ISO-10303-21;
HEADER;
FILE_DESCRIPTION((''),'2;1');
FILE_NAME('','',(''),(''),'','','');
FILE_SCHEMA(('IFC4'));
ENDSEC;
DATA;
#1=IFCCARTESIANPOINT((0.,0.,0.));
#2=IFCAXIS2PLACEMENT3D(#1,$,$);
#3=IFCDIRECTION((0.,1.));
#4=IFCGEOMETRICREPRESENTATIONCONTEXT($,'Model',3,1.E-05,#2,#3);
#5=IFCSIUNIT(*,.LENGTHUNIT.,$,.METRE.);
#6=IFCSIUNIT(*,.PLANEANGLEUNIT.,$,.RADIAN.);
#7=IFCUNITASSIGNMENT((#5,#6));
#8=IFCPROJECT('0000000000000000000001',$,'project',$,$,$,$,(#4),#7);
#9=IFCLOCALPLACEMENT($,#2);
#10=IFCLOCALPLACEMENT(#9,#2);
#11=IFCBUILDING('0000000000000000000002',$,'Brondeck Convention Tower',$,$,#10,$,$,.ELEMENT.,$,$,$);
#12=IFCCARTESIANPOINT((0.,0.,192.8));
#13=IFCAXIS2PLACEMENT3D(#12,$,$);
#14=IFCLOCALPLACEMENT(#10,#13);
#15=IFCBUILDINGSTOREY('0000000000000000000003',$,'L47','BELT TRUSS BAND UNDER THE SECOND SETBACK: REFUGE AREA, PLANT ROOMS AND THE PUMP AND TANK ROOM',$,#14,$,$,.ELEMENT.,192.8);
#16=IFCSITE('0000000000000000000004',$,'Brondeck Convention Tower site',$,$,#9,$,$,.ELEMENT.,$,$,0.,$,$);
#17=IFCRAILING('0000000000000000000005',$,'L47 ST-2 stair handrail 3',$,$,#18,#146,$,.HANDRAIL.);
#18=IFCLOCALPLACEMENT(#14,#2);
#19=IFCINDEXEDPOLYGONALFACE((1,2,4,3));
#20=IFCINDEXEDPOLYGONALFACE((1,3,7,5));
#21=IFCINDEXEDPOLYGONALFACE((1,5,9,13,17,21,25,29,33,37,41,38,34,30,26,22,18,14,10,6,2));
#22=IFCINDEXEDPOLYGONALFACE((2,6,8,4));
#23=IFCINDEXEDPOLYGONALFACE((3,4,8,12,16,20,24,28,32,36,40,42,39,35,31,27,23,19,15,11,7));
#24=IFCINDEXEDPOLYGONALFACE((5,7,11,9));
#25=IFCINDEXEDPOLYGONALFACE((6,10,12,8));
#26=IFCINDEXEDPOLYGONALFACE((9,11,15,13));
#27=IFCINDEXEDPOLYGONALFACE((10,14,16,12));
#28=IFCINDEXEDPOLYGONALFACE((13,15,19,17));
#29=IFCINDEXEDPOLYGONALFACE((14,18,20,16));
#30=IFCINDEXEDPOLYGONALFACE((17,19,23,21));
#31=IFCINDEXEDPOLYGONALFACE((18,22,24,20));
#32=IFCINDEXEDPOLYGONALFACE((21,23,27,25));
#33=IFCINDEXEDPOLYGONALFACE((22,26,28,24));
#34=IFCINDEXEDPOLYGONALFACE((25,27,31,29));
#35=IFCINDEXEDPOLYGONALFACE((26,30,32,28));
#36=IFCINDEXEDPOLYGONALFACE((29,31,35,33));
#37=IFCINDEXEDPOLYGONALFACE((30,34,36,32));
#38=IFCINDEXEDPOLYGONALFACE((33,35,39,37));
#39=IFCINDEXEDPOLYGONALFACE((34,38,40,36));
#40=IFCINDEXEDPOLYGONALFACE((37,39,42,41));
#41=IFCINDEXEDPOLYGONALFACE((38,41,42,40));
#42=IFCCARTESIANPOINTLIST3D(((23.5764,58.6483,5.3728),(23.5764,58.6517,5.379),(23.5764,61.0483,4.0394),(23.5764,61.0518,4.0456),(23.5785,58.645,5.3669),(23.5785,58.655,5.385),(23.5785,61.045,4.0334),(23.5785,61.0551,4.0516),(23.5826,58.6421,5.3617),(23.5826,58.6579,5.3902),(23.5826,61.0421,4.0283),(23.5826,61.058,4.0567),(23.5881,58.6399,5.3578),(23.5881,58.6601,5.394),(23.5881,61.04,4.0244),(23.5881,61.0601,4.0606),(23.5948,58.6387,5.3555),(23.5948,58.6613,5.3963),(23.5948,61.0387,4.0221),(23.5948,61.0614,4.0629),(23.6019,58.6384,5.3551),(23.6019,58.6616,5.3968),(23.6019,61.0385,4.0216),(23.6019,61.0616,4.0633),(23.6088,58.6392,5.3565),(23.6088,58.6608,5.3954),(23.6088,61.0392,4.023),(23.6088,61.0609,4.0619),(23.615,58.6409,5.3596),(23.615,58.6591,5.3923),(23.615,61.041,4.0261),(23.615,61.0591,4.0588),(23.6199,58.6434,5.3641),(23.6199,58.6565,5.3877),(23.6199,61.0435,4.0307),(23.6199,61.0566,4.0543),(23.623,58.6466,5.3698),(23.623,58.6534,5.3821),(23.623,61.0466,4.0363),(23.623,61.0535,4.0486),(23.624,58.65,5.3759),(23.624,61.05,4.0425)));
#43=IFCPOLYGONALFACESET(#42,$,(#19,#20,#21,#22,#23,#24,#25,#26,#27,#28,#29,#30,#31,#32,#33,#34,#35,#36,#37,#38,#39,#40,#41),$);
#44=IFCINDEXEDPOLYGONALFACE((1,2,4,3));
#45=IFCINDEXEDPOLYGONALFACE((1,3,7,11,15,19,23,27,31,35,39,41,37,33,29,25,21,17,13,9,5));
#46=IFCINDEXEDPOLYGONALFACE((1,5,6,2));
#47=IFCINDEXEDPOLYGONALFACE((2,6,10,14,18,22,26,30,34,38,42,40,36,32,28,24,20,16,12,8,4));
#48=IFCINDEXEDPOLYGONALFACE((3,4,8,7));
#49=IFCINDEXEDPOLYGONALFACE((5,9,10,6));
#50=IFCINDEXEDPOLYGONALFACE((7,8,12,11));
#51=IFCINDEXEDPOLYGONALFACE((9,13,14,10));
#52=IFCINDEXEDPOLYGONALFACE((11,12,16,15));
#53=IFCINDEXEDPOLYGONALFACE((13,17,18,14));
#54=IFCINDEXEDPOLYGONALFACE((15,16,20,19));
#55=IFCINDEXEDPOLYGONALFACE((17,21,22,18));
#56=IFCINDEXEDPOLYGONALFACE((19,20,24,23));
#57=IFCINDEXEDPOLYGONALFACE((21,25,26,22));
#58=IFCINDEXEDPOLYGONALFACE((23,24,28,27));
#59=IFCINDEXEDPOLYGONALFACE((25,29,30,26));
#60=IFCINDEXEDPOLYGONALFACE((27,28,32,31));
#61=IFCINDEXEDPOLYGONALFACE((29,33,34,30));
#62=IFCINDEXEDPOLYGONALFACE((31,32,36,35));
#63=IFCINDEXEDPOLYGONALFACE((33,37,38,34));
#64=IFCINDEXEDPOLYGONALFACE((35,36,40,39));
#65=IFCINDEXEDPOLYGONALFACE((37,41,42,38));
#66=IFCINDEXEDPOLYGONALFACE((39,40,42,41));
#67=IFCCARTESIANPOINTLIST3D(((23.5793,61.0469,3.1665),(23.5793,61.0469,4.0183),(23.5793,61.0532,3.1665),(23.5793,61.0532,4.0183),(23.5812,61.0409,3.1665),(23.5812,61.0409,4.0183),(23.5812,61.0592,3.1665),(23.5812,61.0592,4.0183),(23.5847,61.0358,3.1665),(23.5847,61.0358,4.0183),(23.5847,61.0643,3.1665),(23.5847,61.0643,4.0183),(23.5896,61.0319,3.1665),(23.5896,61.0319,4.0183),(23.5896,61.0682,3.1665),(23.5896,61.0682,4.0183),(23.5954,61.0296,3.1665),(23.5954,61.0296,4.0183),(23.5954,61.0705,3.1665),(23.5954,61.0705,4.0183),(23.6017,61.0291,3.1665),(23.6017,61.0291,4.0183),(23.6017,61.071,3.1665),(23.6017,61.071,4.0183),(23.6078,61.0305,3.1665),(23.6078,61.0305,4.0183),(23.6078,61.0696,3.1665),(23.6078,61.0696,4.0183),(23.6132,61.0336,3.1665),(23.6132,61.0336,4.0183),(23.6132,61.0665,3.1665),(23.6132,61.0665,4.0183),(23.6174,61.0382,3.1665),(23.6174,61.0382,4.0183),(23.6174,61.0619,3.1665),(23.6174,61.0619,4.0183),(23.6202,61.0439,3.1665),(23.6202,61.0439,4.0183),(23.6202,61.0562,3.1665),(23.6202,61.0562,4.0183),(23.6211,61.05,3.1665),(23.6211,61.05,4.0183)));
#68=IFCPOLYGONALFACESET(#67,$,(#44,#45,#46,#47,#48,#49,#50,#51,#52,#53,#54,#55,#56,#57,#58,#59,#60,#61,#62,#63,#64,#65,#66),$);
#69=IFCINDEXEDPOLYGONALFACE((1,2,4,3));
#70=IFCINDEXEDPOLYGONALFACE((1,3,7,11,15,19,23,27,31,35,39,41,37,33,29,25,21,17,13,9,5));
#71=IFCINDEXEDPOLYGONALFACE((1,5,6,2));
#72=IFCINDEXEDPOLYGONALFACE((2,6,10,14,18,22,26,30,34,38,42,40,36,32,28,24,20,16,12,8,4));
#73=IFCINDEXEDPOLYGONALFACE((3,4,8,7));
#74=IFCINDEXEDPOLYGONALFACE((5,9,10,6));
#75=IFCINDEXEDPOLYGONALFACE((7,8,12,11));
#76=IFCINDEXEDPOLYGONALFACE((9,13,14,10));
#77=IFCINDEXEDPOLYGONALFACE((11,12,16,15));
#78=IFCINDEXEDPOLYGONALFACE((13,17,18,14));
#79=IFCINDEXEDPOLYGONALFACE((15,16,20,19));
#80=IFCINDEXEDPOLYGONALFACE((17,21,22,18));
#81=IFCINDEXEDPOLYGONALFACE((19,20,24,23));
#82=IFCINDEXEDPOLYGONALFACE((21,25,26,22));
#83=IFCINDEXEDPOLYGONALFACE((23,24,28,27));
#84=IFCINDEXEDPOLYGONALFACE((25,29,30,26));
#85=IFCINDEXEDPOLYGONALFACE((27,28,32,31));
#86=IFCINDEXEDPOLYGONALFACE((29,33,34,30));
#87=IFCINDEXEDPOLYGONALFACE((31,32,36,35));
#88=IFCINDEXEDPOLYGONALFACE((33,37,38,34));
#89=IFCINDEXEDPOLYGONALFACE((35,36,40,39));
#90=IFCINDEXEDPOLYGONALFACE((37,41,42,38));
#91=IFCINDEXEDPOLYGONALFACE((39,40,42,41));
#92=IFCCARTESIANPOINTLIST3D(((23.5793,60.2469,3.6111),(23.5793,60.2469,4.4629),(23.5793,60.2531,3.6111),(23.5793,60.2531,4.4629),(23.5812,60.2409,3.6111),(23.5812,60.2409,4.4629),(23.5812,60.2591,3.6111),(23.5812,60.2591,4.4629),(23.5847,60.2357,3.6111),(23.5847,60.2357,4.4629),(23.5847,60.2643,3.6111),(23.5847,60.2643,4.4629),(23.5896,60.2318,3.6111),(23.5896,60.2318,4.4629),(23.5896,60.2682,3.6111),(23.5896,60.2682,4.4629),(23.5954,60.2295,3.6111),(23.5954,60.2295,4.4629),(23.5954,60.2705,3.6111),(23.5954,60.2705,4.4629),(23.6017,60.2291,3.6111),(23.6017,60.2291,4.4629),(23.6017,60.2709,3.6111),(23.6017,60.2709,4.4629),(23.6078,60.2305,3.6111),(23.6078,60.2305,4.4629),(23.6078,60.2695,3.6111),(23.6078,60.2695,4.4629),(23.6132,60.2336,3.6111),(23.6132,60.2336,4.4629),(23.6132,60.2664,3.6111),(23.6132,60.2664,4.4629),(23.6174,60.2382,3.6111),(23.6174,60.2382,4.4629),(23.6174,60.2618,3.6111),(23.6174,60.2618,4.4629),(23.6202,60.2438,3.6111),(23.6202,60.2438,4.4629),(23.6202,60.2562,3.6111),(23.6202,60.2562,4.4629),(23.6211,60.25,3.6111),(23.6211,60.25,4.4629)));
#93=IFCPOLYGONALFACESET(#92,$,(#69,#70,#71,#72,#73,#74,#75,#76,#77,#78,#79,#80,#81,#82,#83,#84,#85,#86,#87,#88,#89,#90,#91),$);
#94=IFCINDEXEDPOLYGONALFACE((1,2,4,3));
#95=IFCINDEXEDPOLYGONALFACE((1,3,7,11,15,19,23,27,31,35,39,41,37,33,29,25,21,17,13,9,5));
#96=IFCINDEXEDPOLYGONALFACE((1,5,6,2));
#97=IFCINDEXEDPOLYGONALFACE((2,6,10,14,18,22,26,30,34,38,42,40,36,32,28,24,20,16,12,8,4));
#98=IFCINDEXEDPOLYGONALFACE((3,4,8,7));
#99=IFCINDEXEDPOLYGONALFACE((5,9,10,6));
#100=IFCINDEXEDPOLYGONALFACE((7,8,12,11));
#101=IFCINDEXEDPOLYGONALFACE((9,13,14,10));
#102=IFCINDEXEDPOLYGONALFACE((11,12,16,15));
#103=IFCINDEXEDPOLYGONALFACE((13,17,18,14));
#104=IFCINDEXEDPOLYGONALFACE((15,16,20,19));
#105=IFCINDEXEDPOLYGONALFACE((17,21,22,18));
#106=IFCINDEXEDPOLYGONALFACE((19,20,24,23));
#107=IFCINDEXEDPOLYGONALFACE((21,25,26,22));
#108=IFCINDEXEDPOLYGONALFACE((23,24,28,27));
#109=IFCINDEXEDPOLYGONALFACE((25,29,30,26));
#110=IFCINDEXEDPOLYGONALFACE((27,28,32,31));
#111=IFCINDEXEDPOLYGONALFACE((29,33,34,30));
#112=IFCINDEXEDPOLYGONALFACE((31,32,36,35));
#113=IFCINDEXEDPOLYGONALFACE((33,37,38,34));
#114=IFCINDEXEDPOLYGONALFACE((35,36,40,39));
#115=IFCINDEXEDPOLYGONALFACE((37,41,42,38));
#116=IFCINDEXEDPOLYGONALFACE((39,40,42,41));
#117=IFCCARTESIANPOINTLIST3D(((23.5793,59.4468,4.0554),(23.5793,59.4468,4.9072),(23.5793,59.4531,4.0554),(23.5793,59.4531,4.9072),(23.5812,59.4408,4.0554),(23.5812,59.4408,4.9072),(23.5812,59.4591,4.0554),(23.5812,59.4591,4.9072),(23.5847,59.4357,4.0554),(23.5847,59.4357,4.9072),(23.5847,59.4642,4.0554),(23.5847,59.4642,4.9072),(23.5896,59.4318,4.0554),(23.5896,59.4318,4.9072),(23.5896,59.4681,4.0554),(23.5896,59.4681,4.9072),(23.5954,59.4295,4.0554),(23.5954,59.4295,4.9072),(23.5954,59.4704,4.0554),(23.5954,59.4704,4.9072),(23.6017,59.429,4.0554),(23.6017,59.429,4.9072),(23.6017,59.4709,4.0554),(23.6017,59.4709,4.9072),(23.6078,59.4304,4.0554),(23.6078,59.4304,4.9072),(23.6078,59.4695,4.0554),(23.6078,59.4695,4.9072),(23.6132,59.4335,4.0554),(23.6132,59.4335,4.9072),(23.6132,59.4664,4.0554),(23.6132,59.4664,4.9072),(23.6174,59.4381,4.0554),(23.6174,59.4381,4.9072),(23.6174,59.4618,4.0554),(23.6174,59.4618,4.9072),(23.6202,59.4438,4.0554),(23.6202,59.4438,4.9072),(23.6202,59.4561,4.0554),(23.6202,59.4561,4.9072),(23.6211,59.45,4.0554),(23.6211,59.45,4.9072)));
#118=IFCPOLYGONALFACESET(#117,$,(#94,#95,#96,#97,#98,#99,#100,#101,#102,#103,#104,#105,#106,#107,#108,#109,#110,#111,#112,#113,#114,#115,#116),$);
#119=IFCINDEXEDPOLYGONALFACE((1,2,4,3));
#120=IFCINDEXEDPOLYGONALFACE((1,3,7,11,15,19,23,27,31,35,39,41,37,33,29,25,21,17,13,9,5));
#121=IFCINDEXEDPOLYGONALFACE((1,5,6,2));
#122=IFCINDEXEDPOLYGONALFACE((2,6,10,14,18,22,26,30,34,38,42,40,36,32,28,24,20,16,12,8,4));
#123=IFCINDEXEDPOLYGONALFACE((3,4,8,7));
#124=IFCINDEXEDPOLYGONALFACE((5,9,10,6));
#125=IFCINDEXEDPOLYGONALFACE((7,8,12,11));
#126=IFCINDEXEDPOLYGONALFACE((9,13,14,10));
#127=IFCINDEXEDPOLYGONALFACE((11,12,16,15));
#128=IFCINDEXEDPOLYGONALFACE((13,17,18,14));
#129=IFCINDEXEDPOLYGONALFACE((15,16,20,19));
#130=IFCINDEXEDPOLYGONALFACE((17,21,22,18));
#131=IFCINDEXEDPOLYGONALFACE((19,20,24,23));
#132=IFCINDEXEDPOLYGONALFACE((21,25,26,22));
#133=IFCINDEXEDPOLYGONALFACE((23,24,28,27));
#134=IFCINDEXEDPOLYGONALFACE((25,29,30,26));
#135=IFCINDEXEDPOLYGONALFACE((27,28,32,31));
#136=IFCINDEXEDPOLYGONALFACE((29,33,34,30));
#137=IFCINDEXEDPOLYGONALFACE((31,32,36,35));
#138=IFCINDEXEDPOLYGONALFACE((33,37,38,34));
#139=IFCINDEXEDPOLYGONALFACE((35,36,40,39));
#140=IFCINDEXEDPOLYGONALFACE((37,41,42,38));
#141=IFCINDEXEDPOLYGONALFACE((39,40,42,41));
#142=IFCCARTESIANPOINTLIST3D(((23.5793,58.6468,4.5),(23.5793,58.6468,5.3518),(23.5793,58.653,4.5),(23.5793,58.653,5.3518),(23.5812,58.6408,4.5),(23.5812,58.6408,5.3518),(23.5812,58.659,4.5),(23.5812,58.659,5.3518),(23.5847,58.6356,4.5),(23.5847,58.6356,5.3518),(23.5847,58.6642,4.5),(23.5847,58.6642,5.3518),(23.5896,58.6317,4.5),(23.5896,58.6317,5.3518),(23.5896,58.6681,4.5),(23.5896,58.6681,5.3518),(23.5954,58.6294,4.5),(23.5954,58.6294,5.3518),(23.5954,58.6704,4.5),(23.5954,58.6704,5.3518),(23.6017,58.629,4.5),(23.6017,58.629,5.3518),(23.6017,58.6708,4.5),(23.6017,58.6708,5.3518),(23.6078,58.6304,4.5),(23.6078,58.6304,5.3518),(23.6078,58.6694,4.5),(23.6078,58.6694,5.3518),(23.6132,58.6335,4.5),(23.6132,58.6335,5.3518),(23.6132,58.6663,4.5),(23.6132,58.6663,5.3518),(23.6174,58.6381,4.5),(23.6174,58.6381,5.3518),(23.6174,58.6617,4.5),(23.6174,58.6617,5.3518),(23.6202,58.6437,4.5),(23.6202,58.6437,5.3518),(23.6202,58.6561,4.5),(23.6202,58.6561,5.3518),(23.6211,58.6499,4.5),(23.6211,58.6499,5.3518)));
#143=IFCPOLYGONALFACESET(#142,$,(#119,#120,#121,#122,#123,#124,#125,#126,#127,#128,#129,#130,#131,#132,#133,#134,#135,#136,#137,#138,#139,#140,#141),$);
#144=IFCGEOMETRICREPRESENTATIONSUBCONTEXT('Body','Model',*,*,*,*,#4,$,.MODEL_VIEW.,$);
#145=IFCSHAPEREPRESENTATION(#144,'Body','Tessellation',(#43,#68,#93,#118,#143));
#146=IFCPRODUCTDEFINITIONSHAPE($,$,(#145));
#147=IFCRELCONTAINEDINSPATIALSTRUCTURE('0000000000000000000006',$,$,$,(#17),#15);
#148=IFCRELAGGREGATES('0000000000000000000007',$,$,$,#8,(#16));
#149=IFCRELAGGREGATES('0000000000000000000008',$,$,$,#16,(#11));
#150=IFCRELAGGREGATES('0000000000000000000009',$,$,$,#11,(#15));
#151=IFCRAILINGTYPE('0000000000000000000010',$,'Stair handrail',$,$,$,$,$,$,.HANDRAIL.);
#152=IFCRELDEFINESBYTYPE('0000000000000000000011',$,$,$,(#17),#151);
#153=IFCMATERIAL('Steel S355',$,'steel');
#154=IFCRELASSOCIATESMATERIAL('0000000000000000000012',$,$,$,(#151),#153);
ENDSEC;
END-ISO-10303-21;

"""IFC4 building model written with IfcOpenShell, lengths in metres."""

from ifc_helpers import new_model, si_unit, direction, frame, origin, origin_2d, place, context, subcontext, project, spatial, circle, extrude, material, type_object, element, save


model = new_model("IFC4")

# Units and contexts
model_context = context("Model", 3, precision=1e-05, world=origin(), true_north=direction((0.0, 1.0)))
body_context = subcontext(model_context, "Body", "Model", "MODEL_VIEW")
ifc_project = project(units=[si_unit("LENGTHUNIT", "METRE"), si_unit("PLANEANGLEUNIT", "RADIAN")], contexts=[model_context])

# Site, building, storey
site_placement = place(None, origin())
site = spatial("IfcSite", under=ifc_project, at=site_placement, Name="Brondeck Convention Tower site", CompositionType="ELEMENT", RefElevation=0.0)
building_placement = place(site_placement, origin())
building = spatial("IfcBuilding", under=site, at=building_placement, Name="Brondeck Convention Tower", CompositionType="ELEMENT")
storey_placement = place(building_placement, frame((0.0, 0.0, 192.8)))
storey = spatial("IfcBuildingStorey", under=building, at=storey_placement, Name="L47", Description="BELT TRUSS BAND UNDER THE SECOND SETBACK: REFUGE AREA, PLANT ROOMS AND THE PUMP AND TANK ROOM", CompositionType="ELEMENT", Elevation=192.8)

# Shared definitions
ifc_material_1 = material(Name="Steel S355", Category="steel")

# Railing
railing_type_1 = type_object("IfcRailingType", Name="Stair handrail", PredefinedType="HANDRAIL", material=ifc_material_1)
railing_1_placement = place(storey_placement, frame((23.6001, 61.05, 3.1665)))
element("IfcRailing", 1, at=railing_1_placement, inside=storey, type_object=railing_type_1, Name="L47 ST-2 stair handrail 3", PredefinedType="HANDRAIL", context=body_context, shape_type="SweptSolid", body=[
    extrude(circle(Radius=0.0239, at=origin_2d()), frame((0.0, 0.0, 0.876), z_axis=(0.0, -0.874145, 0.485666), x_axis=(1.0, 0.0, 0.0)), (0.0, 0.0, 1.0), 2.7456),
    extrude(circle(Radius=0.021, at=origin_2d()), origin(), (0.0, 0.0, 1.0), 0.8518),
    extrude(circle(Radius=0.021, at=origin_2d()), frame((0.0, -0.8, 0.4446)), (0.0, 0.0, 1.0), 0.8518),
    extrude(circle(Radius=0.021, at=origin_2d()), frame((0.0, -1.6001, 0.8889)), (0.0, 0.0, 1.0), 0.8518),
    extrude(circle(Radius=0.021, at=origin_2d()), frame((0.0, -2.4001, 1.3335)), (0.0, 0.0, 1.0), 0.8518),
])

save(model, "model.ifc")
